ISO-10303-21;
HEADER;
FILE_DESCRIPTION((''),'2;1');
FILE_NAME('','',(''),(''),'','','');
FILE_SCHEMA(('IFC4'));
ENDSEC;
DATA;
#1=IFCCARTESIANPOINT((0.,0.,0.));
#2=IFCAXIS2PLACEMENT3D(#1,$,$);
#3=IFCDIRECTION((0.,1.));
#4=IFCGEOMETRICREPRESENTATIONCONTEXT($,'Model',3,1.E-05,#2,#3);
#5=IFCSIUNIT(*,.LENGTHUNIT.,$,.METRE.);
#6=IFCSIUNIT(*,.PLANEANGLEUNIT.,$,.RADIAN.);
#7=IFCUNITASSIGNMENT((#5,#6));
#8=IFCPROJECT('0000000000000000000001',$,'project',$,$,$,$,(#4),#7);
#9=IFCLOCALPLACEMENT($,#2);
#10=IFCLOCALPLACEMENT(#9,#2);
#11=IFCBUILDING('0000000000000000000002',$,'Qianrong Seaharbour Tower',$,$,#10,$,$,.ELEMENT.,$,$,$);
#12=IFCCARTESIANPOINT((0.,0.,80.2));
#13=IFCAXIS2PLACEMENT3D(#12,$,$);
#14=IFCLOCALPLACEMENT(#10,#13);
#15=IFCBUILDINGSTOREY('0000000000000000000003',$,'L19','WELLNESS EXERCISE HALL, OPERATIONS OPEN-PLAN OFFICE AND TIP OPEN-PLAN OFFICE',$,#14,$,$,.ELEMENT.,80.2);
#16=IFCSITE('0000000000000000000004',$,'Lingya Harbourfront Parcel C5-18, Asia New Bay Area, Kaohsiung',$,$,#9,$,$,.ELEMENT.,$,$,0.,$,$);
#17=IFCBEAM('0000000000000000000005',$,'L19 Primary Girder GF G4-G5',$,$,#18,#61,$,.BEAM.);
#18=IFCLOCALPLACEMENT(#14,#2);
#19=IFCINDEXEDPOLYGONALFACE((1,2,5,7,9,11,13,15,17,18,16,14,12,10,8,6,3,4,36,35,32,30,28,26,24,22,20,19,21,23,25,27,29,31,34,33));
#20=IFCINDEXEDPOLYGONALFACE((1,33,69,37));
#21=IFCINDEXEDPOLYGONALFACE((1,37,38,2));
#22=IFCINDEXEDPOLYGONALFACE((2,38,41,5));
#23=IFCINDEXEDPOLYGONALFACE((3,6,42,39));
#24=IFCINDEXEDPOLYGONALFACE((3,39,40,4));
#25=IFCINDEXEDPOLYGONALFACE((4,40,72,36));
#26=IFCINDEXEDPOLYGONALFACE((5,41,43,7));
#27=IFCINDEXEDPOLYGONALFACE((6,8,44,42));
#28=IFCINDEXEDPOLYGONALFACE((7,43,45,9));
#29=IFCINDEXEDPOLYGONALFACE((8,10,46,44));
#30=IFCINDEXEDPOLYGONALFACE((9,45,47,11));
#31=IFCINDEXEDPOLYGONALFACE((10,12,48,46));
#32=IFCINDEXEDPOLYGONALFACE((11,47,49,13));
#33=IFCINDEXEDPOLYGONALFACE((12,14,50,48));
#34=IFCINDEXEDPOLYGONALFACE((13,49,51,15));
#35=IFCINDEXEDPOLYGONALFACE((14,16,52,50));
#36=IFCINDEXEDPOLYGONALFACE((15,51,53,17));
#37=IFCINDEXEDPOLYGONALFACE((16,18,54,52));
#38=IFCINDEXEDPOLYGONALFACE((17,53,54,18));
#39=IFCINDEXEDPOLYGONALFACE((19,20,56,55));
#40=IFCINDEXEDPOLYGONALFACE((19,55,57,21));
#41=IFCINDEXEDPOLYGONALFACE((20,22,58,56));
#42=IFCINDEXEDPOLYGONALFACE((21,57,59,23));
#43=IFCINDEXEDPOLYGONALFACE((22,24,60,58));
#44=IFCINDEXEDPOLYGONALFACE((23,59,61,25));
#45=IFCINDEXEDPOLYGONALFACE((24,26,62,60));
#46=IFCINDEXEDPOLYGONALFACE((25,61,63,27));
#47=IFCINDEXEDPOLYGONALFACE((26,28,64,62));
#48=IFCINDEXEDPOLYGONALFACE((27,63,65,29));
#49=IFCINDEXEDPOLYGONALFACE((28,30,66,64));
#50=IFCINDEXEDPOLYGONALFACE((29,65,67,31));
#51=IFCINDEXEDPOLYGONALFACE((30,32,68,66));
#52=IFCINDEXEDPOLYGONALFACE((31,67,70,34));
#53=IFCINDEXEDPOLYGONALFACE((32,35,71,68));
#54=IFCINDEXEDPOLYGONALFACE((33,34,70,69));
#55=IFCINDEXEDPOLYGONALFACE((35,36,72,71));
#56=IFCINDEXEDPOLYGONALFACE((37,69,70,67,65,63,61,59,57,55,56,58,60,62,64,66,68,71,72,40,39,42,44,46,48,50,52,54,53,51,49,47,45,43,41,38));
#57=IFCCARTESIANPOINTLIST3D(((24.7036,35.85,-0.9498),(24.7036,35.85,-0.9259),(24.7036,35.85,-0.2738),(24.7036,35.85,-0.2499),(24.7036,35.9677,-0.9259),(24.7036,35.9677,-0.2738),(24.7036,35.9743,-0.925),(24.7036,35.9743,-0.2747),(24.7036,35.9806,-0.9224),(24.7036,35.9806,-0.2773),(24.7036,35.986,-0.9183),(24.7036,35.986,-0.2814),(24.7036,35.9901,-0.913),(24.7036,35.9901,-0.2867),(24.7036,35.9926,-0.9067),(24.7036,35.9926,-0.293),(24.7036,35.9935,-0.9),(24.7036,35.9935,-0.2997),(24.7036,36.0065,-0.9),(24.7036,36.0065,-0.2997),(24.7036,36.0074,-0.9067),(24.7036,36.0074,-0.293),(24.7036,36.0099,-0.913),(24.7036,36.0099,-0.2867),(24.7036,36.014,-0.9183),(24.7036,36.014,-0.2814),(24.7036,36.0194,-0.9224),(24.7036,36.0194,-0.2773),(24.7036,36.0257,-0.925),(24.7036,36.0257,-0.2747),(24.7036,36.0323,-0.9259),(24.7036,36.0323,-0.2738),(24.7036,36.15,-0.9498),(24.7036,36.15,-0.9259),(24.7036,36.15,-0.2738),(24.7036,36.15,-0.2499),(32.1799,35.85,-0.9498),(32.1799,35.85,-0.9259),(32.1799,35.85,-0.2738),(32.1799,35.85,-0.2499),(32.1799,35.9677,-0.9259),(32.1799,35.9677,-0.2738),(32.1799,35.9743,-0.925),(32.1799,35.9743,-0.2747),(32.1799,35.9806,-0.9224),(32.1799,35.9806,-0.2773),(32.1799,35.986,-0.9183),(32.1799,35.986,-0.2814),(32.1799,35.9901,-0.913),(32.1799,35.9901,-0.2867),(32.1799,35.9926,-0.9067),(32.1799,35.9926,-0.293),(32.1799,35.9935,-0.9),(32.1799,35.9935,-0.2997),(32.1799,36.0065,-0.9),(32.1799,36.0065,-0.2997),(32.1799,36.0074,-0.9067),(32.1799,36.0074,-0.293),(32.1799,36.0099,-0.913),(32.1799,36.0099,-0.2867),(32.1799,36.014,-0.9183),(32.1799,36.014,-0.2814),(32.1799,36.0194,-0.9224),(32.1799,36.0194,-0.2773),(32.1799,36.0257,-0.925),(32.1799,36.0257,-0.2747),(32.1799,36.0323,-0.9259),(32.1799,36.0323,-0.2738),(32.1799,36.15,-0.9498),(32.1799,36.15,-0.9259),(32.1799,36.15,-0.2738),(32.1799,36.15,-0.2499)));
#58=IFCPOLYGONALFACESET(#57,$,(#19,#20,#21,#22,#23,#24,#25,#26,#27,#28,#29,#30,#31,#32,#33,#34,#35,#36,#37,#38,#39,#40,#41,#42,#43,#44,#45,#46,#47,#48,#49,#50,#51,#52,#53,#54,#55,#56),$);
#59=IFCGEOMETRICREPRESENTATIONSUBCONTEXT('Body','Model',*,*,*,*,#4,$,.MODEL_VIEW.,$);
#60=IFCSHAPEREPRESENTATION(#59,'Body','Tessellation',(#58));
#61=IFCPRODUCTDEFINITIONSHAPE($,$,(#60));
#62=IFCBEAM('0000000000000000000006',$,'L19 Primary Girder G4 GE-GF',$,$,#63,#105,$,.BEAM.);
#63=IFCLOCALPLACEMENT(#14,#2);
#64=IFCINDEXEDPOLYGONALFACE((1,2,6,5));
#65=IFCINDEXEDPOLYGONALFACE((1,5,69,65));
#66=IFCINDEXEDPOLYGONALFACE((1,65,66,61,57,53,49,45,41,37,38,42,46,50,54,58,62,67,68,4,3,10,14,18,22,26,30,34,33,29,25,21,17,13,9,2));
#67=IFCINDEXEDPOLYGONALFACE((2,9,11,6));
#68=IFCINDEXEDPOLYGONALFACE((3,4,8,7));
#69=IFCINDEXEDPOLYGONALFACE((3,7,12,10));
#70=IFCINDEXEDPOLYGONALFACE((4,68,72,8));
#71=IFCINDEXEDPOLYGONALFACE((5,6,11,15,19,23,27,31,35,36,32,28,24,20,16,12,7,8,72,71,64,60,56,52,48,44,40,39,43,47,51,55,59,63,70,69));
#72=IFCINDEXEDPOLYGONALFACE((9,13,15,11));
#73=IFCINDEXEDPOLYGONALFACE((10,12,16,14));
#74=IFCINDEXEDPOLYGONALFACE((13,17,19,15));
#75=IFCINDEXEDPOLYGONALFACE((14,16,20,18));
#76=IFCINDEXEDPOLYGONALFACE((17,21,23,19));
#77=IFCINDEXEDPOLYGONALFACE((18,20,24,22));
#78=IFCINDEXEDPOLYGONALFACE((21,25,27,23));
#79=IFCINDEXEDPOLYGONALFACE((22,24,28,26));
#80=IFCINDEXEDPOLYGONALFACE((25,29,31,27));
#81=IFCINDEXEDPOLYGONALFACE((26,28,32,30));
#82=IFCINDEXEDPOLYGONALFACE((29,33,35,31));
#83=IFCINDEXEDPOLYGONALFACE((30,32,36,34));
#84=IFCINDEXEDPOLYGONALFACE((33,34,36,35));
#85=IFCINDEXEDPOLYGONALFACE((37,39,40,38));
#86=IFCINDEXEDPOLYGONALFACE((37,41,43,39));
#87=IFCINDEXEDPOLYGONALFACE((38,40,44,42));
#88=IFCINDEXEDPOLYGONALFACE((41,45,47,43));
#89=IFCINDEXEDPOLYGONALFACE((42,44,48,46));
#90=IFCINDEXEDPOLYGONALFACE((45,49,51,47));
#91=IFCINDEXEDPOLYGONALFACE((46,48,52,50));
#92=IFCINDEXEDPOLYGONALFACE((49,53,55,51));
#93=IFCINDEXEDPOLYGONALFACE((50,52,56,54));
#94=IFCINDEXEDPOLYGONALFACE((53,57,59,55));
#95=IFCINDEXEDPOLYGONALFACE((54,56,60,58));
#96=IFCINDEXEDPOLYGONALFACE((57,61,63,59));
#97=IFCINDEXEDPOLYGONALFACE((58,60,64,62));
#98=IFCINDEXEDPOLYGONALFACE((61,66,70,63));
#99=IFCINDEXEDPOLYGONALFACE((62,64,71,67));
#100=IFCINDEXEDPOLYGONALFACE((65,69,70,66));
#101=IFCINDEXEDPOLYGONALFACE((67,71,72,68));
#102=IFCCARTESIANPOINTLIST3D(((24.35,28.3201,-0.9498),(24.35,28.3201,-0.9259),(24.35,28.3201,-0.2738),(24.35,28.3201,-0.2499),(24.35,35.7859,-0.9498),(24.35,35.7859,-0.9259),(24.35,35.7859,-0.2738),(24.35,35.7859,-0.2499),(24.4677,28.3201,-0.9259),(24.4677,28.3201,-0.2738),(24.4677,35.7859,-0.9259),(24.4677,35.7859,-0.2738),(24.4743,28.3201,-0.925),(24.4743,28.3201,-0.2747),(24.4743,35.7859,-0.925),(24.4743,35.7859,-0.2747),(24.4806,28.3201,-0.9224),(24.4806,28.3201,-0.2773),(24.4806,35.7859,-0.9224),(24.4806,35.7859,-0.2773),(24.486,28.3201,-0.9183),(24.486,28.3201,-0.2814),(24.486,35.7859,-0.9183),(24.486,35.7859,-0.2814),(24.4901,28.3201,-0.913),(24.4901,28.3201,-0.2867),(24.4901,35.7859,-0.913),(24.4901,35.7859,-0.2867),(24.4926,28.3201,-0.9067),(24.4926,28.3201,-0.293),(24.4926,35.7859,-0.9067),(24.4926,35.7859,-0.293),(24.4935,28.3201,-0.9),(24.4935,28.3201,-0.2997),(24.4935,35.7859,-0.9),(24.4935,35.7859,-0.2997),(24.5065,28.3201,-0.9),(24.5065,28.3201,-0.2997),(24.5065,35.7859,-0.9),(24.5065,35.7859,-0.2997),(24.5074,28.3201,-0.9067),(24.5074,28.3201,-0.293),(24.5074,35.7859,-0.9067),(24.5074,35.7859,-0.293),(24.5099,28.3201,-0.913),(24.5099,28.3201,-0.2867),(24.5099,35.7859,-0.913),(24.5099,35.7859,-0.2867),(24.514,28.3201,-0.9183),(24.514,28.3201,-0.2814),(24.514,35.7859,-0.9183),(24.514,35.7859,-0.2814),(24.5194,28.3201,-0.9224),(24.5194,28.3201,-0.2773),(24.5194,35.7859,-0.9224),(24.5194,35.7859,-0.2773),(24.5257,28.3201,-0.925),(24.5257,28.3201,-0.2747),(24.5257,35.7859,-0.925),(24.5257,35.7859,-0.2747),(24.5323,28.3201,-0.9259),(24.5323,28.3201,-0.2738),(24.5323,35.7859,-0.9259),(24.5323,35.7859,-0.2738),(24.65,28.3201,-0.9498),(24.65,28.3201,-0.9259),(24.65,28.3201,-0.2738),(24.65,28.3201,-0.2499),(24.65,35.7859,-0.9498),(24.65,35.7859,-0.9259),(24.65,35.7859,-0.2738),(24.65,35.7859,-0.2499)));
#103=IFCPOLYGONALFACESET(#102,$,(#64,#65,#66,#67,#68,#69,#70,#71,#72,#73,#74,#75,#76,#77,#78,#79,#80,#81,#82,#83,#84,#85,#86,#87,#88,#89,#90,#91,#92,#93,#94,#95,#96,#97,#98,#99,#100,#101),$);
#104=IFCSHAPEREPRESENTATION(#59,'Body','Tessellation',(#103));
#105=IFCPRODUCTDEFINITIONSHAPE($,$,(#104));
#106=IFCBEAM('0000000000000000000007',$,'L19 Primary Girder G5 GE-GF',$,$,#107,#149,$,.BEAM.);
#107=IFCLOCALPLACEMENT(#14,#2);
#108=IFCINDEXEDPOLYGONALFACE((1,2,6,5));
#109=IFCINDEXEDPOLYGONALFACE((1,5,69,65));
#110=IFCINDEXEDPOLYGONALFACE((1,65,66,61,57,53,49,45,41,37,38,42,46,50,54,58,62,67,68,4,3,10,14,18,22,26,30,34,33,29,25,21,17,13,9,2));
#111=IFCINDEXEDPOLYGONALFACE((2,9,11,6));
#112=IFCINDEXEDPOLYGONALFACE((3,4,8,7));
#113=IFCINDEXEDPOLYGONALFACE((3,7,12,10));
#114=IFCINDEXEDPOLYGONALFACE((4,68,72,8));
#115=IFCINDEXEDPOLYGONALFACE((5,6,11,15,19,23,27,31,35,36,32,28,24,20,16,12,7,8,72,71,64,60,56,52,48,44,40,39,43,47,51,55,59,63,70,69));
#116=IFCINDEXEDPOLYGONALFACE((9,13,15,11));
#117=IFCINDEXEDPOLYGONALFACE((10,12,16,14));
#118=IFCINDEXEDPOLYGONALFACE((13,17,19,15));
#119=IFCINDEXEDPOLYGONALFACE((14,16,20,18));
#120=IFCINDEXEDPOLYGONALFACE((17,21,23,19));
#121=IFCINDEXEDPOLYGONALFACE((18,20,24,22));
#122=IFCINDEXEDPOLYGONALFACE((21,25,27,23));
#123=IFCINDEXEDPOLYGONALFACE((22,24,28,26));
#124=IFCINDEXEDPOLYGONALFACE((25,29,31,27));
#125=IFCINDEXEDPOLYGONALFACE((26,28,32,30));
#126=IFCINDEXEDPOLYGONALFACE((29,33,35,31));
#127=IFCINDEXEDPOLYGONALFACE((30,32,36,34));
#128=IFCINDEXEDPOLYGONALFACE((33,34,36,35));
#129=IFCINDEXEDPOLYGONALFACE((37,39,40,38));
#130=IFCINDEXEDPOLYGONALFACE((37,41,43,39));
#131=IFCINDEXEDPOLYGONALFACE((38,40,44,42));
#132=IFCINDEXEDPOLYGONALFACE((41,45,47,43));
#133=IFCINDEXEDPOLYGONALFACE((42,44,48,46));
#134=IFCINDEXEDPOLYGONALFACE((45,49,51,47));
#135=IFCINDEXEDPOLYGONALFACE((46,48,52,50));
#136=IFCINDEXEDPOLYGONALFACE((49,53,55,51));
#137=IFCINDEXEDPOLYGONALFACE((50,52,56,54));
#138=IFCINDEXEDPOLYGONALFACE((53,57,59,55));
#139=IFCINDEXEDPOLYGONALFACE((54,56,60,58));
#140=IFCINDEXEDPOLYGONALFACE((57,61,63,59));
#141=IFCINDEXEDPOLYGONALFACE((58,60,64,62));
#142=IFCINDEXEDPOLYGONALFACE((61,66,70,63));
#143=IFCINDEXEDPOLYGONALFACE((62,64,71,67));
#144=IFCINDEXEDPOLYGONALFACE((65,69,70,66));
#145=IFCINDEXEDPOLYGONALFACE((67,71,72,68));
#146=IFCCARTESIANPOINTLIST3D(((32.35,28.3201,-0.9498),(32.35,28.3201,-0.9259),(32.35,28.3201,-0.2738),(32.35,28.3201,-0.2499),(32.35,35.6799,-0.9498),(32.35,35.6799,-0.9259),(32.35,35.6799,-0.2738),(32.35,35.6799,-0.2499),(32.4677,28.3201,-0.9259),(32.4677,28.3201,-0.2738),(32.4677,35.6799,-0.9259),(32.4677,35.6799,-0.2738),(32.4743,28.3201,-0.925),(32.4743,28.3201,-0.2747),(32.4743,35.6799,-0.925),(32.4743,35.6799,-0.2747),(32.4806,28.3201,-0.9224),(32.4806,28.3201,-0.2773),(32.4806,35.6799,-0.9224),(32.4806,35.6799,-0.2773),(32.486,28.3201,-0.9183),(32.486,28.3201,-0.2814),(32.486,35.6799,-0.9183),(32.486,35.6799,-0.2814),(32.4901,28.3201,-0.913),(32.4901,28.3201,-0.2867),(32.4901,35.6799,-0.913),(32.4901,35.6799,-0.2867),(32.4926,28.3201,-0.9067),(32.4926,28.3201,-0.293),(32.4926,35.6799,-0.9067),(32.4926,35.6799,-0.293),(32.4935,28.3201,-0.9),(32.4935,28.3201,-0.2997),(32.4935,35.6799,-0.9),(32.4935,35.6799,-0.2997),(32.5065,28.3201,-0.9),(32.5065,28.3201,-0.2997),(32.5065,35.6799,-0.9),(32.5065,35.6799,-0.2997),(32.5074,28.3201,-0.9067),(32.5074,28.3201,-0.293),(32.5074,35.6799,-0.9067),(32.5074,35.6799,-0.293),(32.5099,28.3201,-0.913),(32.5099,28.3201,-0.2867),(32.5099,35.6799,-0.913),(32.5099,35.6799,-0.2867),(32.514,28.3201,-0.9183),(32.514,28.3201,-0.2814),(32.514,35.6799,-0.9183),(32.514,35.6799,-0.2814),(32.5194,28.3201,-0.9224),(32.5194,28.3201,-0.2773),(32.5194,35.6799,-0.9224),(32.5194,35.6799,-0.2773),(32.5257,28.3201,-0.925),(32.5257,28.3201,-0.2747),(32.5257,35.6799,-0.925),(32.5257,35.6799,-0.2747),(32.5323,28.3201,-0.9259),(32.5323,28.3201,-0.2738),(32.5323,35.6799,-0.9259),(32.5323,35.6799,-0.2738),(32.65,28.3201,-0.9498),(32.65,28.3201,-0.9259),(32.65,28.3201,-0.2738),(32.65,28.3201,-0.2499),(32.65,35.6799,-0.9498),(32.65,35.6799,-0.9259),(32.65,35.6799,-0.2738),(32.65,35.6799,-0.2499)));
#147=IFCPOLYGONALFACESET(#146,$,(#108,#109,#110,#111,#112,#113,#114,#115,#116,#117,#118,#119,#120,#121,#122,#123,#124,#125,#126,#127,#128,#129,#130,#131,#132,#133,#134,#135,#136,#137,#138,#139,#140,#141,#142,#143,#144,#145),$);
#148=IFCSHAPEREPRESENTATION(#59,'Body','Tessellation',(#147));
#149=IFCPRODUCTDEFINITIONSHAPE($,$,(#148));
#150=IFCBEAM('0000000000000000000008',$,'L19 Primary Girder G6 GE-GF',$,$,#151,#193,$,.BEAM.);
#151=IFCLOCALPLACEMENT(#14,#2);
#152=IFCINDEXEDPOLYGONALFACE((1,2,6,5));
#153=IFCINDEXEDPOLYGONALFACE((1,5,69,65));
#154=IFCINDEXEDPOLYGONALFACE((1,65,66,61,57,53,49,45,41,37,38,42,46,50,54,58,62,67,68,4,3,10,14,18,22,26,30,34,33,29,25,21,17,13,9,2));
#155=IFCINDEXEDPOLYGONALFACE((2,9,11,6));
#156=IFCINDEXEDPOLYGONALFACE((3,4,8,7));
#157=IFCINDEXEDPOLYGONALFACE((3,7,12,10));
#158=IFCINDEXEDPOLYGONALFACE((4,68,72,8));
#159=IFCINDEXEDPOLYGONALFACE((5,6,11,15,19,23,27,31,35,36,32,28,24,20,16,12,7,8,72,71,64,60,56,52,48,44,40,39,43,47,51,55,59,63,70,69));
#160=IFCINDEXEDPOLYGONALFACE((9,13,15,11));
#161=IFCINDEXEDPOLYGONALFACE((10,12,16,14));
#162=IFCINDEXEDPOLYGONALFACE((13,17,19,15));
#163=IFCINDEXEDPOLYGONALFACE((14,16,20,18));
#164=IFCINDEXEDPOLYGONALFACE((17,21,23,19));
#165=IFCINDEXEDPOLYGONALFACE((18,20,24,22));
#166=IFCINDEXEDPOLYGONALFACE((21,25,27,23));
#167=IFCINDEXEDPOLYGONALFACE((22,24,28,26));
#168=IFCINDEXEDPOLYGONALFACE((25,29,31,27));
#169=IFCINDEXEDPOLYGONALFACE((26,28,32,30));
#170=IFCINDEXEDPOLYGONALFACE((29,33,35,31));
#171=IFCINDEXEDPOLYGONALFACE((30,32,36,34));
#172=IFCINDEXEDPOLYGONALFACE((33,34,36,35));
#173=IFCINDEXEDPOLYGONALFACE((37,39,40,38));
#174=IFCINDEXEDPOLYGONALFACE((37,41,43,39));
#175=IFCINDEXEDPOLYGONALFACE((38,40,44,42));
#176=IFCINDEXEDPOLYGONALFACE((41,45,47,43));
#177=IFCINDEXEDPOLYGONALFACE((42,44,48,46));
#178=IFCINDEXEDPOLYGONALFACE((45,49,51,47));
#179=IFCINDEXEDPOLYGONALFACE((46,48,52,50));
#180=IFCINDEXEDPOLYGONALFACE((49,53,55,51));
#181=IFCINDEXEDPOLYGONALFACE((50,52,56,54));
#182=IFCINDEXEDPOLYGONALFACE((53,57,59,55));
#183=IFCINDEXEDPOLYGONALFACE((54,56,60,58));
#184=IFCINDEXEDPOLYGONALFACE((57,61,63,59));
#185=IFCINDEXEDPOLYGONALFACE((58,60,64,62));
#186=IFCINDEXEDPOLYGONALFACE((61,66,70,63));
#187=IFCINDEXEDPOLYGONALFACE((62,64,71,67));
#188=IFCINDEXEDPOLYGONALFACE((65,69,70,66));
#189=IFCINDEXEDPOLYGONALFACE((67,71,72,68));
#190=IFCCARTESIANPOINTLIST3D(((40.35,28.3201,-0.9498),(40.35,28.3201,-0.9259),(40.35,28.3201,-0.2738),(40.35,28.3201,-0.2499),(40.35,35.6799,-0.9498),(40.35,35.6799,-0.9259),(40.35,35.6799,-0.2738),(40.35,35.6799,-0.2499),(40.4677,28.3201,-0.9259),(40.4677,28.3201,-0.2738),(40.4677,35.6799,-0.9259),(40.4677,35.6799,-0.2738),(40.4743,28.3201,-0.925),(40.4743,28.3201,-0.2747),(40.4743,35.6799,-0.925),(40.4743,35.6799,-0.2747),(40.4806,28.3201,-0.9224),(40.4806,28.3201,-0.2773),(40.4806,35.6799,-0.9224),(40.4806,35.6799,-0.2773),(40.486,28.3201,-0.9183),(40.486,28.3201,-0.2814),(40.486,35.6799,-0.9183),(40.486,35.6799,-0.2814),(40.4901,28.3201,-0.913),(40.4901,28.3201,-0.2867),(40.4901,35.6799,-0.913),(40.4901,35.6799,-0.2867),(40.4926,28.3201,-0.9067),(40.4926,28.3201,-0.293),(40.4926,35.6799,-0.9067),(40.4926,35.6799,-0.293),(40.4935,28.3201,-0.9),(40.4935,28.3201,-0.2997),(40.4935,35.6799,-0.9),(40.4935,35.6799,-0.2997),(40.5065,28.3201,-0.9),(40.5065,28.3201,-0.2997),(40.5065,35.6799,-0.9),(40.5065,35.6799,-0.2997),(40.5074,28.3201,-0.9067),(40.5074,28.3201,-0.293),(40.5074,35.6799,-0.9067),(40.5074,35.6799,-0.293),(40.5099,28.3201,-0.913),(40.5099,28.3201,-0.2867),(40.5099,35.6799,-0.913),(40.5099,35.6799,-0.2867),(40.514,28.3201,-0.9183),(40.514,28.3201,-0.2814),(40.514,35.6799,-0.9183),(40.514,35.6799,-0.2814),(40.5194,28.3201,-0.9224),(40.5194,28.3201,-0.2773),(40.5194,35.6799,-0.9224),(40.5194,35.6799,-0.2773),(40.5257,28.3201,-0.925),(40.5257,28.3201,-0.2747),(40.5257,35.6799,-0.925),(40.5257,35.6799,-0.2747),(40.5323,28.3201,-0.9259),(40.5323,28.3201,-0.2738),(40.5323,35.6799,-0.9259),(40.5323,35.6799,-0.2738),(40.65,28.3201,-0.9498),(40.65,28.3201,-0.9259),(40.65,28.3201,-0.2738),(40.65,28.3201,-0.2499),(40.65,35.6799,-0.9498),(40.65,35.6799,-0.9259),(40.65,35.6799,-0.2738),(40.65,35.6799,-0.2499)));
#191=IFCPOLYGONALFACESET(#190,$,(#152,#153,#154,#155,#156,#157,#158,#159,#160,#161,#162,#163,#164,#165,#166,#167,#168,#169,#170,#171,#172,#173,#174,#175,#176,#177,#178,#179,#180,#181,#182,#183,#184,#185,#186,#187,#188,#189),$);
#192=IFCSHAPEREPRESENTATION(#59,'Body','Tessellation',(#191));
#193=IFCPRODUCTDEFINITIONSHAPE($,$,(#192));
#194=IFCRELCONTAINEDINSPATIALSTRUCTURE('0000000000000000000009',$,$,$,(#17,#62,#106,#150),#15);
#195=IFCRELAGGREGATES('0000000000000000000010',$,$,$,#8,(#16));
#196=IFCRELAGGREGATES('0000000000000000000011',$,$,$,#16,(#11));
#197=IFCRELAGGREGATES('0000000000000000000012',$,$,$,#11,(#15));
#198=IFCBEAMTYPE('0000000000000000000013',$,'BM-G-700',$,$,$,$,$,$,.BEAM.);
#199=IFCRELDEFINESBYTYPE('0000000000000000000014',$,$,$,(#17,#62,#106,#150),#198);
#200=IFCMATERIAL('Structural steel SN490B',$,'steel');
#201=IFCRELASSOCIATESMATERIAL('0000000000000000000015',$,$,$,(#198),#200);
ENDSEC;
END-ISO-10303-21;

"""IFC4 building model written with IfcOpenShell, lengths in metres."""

from ifc_helpers import new_model, si_unit, direction, frame, origin, origin_2d, place, context, subcontext, project, spatial, i_section, extrude, material, material_profile, profile_set, type_object, element, save


model = new_model("IFC4")

# Units and contexts
model_context = context("Model", 3, precision=1e-05, world=origin(), true_north=direction((0.0, 1.0)))
body_context = subcontext(model_context, "Body", "Model", "MODEL_VIEW")
ifc_project = project(units=[si_unit("LENGTHUNIT", "METRE"), si_unit("PLANEANGLEUNIT", "RADIAN")], contexts=[model_context])

# Site, building, storey
site_placement = place(None, origin())
site = spatial("IfcSite", under=ifc_project, at=site_placement, Name="Lingya Harbourfront Parcel C5-18, Asia New Bay Area, Kaohsiung", CompositionType="ELEMENT", RefElevation=0.0)
building_placement = place(site_placement, origin())
building = spatial("IfcBuilding", under=site, at=building_placement, Name="Qianrong Seaharbour Tower", CompositionType="ELEMENT")
storey_placement = place(building_placement, frame((0.0, 0.0, 80.2)))
storey = spatial("IfcBuildingStorey", under=building, at=storey_placement, Name="L19", Description="WELLNESS EXERCISE HALL, OPERATIONS OPEN-PLAN OFFICE AND TIP OPEN-PLAN OFFICE", CompositionType="ELEMENT", Elevation=80.2)

# Shared definitions
ifc_material_1 = material(Name="Structural steel SN490B", Category="steel")

# Beams
ifc_material_profile_1 = material_profile(ifc_material_1, i_section(OverallWidth=0.3, OverallDepth=0.7, WebThickness=0.0129, FlangeThickness=0.0239, FilletRadius=0.0259, at=origin_2d()), Name="H700x300x13x24")
ifc_profile_set_1 = profile_set([ifc_material_profile_1], Name="Structural steel SN490B")
beam_type_1 = type_object("IfcBeamType", Name="BM-G-700", PredefinedType="BEAM", material=ifc_profile_set_1)
beam_1_placement = place(storey_placement, frame((24.7036, 36.0, -0.5999), z_axis=(1.0, 0.0, 0.0), x_axis=(0.0, 1.0, 0.0)))
element("IfcBeam", 1, at=beam_1_placement, inside=storey, type_object=beam_type_1, Name="L19 Primary Girder GF G4-G5", PredefinedType="BEAM", context=body_context, shape_type="SweptSolid", body=[
    extrude(i_section(OverallWidth=0.3, OverallDepth=0.7, WebThickness=0.0129, FlangeThickness=0.0239, FilletRadius=0.0259, at=origin_2d()), origin(), (0.0, 0.0, 1.0), 7.4763),
])
beam_2_placement = place(storey_placement, frame((24.5, 28.3201, -0.5999), z_axis=(0.0, 1.0, 0.0), x_axis=(-1.0, 0.0, 0.0)))
element("IfcBeam", 2, at=beam_2_placement, inside=storey, type_object=beam_type_1, Name="L19 Primary Girder G4 GE-GF", PredefinedType="BEAM", context=body_context, shape_type="SweptSolid", body=[
    extrude(i_section(OverallWidth=0.3, OverallDepth=0.7, WebThickness=0.0129, FlangeThickness=0.0239, FilletRadius=0.0259, at=origin_2d()), origin(), (0.0, 0.0, 1.0), 7.4658),
])
for number, where, z_axis, x_axis, name in (
    (3, (32.5, 28.3201, -0.5999), (0.0, 1.0, 0.0), (-1.0, 0.0, 0.0), "L19 Primary Girder G5 GE-GF"),
    (4, (40.5, 28.3201, -0.5999), (0.0, 1.0, 0.0), (-1.0, 0.0, 0.0), "L19 Primary Girder G6 GE-GF"),
):
    element("IfcBeam", number, at=place(storey_placement, frame(where, z_axis=z_axis, x_axis=x_axis)), inside=storey, type_object=beam_type_1, Name=name, PredefinedType="BEAM", context=body_context, shape_type="SweptSolid", body=[
        extrude(i_section(OverallWidth=0.3, OverallDepth=0.7, WebThickness=0.0129, FlangeThickness=0.0239, FilletRadius=0.0259, at=origin_2d()), origin(), (0.0, 0.0, 1.0), 7.3599),
    ])

save(model, "model.ifc")
